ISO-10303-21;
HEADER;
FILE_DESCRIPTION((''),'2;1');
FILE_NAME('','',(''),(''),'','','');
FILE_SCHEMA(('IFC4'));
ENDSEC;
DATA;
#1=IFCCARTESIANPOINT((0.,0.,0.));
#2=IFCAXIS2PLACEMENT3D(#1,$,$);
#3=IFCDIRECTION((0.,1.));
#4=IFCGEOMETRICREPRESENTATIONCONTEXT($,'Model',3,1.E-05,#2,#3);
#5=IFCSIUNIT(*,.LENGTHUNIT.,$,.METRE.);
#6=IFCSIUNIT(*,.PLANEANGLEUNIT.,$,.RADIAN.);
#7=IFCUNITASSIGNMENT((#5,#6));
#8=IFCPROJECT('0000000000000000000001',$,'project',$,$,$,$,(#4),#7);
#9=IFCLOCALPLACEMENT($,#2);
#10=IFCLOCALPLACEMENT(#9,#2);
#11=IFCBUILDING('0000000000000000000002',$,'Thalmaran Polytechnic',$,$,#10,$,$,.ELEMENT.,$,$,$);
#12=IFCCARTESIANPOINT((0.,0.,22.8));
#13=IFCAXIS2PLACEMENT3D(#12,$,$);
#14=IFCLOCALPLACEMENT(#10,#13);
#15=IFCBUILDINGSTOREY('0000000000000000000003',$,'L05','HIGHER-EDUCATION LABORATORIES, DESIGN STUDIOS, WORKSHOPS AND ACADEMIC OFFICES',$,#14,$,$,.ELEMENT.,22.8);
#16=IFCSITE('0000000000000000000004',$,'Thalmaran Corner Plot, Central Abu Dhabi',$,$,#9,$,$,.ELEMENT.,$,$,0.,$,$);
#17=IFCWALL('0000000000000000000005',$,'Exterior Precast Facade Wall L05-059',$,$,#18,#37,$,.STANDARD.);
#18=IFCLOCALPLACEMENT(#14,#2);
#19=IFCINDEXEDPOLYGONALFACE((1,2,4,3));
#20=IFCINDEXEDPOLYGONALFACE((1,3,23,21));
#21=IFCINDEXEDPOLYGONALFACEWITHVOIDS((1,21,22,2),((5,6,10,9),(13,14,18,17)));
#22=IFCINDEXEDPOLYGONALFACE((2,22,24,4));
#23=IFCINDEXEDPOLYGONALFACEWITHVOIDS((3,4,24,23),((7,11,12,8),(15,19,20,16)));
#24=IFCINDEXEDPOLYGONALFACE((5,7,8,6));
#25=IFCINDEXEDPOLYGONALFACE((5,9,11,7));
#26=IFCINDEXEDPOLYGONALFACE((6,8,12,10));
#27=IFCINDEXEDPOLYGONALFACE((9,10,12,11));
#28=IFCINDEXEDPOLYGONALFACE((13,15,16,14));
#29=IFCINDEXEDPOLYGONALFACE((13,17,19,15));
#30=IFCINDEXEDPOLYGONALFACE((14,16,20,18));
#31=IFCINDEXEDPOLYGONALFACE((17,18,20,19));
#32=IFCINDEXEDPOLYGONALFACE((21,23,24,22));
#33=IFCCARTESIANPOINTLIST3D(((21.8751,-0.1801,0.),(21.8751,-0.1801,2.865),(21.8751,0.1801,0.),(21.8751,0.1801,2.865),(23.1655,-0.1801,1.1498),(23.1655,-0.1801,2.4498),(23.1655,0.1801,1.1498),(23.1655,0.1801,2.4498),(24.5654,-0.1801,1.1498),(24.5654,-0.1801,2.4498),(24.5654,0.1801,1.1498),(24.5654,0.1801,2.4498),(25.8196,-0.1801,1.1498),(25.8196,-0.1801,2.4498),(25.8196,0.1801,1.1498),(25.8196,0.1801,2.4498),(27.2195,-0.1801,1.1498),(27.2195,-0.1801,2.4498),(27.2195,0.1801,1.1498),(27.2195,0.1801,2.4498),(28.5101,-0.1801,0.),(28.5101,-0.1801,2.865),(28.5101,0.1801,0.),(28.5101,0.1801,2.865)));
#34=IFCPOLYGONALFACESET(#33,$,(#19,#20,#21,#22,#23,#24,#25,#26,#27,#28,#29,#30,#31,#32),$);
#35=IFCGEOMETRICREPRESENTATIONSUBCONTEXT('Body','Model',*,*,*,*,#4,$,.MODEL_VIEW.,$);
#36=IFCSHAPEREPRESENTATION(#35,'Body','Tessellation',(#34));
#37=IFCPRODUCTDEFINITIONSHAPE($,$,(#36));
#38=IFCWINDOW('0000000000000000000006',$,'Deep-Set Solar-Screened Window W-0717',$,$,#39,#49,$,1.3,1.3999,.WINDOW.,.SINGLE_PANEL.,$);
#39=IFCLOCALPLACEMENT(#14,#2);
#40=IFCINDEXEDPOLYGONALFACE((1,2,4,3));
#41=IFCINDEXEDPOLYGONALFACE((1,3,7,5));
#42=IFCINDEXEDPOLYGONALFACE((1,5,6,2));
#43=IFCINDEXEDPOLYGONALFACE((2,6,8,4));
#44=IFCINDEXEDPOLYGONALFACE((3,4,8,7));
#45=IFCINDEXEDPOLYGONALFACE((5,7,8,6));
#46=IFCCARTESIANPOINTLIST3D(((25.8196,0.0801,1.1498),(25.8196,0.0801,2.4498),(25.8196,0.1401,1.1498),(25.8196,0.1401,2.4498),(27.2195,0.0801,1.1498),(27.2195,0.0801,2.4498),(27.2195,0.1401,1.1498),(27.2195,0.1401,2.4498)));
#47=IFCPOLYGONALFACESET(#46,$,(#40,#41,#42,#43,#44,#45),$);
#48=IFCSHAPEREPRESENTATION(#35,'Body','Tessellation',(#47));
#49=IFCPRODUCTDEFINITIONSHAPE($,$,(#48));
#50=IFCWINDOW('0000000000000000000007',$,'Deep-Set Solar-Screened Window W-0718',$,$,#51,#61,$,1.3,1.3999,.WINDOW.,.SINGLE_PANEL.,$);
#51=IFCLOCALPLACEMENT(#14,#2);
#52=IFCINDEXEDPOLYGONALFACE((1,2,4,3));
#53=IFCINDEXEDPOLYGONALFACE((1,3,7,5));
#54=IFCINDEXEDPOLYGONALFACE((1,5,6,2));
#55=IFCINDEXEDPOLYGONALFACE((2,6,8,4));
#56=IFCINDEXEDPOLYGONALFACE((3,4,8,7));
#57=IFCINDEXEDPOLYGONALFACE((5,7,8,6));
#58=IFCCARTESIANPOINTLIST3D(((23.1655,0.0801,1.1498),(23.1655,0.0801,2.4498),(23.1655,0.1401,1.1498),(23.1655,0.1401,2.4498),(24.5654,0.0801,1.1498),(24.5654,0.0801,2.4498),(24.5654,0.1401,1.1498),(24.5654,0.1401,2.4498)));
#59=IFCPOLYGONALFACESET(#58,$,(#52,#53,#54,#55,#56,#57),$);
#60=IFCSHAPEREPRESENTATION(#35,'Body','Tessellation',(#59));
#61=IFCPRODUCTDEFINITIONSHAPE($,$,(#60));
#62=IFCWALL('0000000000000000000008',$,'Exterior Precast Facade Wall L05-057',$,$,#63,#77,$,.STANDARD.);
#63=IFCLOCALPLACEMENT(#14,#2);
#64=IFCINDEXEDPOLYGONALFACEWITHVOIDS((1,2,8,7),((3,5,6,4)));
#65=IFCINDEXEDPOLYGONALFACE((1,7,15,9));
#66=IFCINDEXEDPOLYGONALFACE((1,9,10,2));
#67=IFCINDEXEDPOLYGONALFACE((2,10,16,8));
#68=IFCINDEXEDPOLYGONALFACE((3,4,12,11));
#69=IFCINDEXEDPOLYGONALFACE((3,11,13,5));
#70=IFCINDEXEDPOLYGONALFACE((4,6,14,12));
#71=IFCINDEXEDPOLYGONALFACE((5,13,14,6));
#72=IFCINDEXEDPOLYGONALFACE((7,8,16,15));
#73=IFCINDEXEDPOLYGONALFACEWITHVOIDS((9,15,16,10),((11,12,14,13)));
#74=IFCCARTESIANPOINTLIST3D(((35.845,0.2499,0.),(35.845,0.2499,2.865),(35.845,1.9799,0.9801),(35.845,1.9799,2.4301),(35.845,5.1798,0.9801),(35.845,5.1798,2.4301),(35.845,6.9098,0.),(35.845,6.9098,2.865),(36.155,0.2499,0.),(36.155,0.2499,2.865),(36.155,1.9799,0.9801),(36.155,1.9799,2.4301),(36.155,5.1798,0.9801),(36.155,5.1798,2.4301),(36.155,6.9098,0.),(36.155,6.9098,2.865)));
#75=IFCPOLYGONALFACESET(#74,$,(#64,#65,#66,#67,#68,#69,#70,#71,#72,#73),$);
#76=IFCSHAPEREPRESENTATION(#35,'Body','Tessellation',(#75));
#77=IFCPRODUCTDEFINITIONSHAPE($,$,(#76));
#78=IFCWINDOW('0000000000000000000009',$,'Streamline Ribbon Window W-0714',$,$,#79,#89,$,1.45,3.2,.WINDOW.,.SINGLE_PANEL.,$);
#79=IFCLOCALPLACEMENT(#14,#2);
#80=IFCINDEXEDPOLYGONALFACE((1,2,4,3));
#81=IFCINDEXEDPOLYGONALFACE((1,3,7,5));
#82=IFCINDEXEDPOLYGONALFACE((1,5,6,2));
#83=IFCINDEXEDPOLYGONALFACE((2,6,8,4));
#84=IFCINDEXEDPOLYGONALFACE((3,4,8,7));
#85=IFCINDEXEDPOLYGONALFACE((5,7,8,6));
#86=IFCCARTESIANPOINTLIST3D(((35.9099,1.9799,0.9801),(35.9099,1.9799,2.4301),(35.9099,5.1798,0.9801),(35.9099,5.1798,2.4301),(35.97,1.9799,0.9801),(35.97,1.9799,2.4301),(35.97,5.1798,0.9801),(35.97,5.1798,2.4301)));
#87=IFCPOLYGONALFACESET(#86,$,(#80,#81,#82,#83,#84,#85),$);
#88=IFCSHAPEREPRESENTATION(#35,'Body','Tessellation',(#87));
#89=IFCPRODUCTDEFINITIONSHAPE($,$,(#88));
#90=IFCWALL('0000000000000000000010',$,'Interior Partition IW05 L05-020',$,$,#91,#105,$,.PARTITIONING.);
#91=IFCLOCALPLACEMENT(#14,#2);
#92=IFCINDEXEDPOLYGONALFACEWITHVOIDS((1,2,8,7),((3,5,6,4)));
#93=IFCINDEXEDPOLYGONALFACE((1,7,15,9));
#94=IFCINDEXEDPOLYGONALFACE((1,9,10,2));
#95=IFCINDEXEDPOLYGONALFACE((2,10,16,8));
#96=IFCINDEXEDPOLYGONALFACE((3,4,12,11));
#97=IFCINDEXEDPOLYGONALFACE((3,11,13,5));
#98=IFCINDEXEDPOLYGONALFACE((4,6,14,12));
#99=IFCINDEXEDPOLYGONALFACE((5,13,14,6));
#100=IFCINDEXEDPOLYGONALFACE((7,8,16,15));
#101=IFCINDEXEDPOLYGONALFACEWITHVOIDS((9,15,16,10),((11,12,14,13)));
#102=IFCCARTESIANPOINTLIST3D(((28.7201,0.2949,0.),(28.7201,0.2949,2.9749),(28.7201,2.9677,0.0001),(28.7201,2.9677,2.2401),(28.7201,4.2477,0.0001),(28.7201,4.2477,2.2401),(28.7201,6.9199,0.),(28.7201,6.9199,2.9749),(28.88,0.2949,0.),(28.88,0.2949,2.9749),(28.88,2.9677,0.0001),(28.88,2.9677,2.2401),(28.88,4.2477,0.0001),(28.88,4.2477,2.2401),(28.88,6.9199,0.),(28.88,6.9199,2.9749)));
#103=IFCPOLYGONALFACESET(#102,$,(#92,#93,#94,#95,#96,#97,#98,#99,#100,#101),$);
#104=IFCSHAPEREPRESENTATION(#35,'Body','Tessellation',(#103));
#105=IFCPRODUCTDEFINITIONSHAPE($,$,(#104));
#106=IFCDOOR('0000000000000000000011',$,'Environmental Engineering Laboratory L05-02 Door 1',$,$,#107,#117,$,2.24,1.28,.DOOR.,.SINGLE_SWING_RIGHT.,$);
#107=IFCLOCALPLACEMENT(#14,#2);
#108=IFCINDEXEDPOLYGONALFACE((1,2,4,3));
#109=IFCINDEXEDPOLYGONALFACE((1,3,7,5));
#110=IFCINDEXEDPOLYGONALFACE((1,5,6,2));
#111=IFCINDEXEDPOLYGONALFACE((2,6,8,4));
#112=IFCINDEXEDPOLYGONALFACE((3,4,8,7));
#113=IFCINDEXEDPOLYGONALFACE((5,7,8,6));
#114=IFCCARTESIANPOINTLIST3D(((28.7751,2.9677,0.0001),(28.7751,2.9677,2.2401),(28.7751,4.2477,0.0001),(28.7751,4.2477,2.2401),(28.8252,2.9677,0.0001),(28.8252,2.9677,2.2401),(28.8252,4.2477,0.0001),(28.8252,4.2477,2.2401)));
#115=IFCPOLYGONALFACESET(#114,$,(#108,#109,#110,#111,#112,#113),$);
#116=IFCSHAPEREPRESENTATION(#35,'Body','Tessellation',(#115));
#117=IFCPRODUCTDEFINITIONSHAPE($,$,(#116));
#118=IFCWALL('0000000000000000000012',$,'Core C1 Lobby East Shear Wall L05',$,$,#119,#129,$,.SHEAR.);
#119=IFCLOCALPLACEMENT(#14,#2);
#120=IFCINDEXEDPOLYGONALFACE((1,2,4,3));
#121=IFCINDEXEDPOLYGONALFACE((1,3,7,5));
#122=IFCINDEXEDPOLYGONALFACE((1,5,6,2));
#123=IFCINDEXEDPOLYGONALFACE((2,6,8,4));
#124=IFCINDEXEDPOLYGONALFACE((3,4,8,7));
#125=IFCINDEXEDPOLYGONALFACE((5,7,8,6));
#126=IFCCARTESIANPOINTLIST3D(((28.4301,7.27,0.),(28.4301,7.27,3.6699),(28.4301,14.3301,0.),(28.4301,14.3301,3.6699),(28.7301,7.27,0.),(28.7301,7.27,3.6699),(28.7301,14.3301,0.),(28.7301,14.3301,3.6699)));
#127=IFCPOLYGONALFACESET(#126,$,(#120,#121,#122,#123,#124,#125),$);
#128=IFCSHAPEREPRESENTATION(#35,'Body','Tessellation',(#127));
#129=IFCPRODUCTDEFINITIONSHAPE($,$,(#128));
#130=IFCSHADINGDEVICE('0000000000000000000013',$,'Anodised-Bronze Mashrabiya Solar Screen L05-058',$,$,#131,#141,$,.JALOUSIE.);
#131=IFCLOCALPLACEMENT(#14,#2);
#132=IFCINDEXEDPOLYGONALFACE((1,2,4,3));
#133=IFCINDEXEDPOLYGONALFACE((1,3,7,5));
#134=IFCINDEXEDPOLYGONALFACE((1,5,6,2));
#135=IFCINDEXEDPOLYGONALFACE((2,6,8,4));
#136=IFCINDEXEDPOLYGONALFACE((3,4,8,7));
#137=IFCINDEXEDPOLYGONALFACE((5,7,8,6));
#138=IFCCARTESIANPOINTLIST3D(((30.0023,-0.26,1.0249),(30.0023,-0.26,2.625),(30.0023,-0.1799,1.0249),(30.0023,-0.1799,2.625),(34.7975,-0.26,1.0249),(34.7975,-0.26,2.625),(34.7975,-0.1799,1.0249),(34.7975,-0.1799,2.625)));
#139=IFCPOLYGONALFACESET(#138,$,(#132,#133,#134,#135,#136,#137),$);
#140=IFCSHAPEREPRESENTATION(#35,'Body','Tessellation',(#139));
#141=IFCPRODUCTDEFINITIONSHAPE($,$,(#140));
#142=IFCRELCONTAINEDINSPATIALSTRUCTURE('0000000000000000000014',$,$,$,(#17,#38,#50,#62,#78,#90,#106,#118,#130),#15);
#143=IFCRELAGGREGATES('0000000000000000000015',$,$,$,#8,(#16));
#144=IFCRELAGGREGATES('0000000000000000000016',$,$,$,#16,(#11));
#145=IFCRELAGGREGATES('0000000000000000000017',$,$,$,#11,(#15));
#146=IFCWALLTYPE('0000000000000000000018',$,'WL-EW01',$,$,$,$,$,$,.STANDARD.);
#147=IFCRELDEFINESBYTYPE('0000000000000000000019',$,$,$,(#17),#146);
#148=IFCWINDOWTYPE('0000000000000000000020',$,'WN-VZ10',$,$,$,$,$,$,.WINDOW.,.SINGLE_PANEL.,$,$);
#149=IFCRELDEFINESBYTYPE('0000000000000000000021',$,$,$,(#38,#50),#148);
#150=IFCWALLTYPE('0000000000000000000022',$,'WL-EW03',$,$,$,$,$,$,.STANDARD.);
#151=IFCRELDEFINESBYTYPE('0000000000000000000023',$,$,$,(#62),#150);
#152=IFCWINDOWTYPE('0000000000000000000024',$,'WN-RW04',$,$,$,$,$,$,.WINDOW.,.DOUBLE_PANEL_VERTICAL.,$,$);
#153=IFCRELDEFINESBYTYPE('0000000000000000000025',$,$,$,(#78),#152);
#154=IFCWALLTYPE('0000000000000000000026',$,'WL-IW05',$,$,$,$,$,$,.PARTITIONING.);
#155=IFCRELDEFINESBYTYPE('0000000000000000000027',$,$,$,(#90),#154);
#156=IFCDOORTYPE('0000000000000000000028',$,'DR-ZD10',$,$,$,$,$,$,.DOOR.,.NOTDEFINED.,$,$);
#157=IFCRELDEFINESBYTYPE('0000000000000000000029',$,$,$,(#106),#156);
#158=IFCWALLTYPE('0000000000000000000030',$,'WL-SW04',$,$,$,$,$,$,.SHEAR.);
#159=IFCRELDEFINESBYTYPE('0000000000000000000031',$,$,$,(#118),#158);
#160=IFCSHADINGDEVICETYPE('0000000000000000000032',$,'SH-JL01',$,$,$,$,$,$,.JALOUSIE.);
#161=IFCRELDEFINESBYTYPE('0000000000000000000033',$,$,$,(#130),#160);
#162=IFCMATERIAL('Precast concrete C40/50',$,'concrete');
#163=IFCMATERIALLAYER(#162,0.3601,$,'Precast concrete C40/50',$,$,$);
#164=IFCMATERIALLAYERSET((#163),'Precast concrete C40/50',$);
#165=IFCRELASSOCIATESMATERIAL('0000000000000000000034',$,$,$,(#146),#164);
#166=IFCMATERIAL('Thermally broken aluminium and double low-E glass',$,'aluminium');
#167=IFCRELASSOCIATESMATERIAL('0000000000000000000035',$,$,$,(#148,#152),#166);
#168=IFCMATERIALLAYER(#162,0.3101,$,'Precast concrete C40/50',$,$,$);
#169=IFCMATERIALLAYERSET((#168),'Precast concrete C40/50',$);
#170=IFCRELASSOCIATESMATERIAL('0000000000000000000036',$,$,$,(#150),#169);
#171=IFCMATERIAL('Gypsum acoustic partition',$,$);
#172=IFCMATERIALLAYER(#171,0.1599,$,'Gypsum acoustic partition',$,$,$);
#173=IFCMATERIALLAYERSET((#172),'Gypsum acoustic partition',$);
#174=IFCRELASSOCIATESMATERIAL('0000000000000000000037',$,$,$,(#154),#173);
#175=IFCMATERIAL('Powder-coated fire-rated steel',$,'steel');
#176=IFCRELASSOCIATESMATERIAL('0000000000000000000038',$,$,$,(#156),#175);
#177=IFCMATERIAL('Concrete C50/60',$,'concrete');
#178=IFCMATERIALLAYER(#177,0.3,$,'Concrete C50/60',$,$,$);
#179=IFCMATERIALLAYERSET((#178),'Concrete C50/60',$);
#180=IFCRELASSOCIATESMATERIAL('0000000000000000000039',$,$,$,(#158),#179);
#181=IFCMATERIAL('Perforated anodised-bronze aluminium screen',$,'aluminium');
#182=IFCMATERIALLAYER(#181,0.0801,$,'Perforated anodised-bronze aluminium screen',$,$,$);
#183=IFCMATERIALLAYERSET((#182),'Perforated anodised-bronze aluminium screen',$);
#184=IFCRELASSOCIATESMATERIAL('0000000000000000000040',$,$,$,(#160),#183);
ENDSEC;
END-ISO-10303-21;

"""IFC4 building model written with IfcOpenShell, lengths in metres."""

from ifc_helpers import new_model, si_unit, direction, frame, frame_2d, origin, origin_2d, place, context, subcontext, project, spatial, rectangle, extrude, material, layer, layer_set, type_object, element, fill, save


model = new_model("IFC4")

# Units and contexts
model_context = context("Model", 3, precision=1e-05, world=origin(), true_north=direction((0.0, 1.0)))
body_context = subcontext(model_context, "Body", "Model", "MODEL_VIEW")
ifc_project = project(units=[si_unit("LENGTHUNIT", "METRE"), si_unit("PLANEANGLEUNIT", "RADIAN")], contexts=[model_context])

# Site, building, storey
site_placement = place(None, origin())
site = spatial("IfcSite", under=ifc_project, at=site_placement, Name="Thalmaran Corner Plot, Central Abu Dhabi", CompositionType="ELEMENT", RefElevation=0.0)
building_placement = place(site_placement, origin())
building = spatial("IfcBuilding", under=site, at=building_placement, Name="Thalmaran Polytechnic", CompositionType="ELEMENT")
storey_placement = place(building_placement, frame((0.0, 0.0, 22.8)))
storey = spatial("IfcBuildingStorey", under=building, at=storey_placement, Name="L05", Description="HIGHER-EDUCATION LABORATORIES, DESIGN STUDIOS, WORKSHOPS AND ACADEMIC OFFICES", CompositionType="ELEMENT", Elevation=22.8)

# Wall, openings, windows
ifc_material_1 = material(Name="Precast concrete C40/50", Category="concrete")
ifc_layer_1 = layer(ifc_material_1, 0.3601, Name="Precast concrete C40/50")
ifc_layer_set_1 = layer_set([ifc_layer_1], Name="Precast concrete C40/50")
wall_type_1 = type_object("IfcWallType", Name="WL-EW01", PredefinedType="STANDARD", material=ifc_layer_set_1)
ifc_material_2 = material(Name="Thermally broken aluminium and double low-E glass", Category="aluminium")
wall_1_placement = place(storey_placement, frame((28.51, 0.0, 0.0), z_axis=(0.0, 0.0, 1.0), x_axis=(-1.0, 0.0, 0.0)))
wall_1 = element("IfcWall", 1, at=wall_1_placement, inside=storey, type_object=wall_type_1, Name="Exterior Precast Facade Wall L05-059", PredefinedType="STANDARD", context=body_context, shape_type="SweptSolid", body=[
    extrude(rectangle(XDim=6.635, YDim=0.3601, at=frame_2d((3.3174, 0.0))), origin(), (0.0, 0.0, 1.0), 2.865),
])
opening_1_placement = place(wall_1_placement, frame((1.2905, 0.0, 1.1499)))
opening_1 = element("IfcOpeningElement", 2, at=opening_1_placement, cuts=wall_1, PredefinedType="OPENING", context=body_context, shape_type="SweptSolid", body=[
    extrude(rectangle(XDim=1.3999, YDim=1.3, at=frame_2d((0.7, 0.6499))), frame((0.0, 0.1899, 0.0), z_axis=(0.0, -1.0, 0.0), x_axis=(1.0, 0.0, 0.0)), (0.0, 0.0, 1.0), 0.3801),
])
opening_2_placement = place(wall_1_placement, frame((3.9446, 0.0, 1.1499)))
opening_2 = element("IfcOpeningElement", 3, at=opening_2_placement, cuts=wall_1, PredefinedType="OPENING", context=body_context, shape_type="SweptSolid", body=[
    extrude(rectangle(XDim=1.3999, YDim=1.3, at=frame_2d((0.7, 0.6499))), frame((0.0, 0.1899, 0.0), z_axis=(0.0, -1.0, 0.0), x_axis=(1.0, 0.0, 0.0)), (0.0, 0.0, 1.0), 0.3801),
])
window_type_1 = type_object("IfcWindowType", Name="WN-VZ10", PartitioningType="SINGLE_PANEL", PredefinedType="WINDOW", material=ifc_material_2)
window_1_placement = place(opening_1_placement, origin())
window_1 = element("IfcWindow", 4, at=window_1_placement, inside=storey, type_object=window_type_1, Name="Deep-Set Solar-Screened Window W-0717", OverallHeight=1.3, OverallWidth=1.3999, PartitioningType="SINGLE_PANEL", PredefinedType="WINDOW", context=body_context, shape_type="SweptSolid", body=[
    extrude(rectangle(XDim=1.3999, YDim=1.3, at=frame_2d((0.7, 0.6499))), frame((0.0, -0.0801, 0.0), z_axis=(0.0, -1.0, 0.0), x_axis=(1.0, 0.0, 0.0)), (0.0, 0.0, 1.0), 0.0601),
])
fill(opening_1, window_1)
window_2_placement = place(opening_2_placement, origin())
window_2 = element("IfcWindow", 5, at=window_2_placement, inside=storey, type_object=window_type_1, Name="Deep-Set Solar-Screened Window W-0718", OverallHeight=1.3, OverallWidth=1.3999, PartitioningType="SINGLE_PANEL", PredefinedType="WINDOW", context=body_context, shape_type="SweptSolid", body=[
    extrude(rectangle(XDim=1.3999, YDim=1.3, at=frame_2d((0.7, 0.6499))), frame((0.0, -0.0801, 0.0), z_axis=(0.0, -1.0, 0.0), x_axis=(1.0, 0.0, 0.0)), (0.0, 0.0, 1.0), 0.0601),
])
fill(opening_2, window_2)

# Wall, opening, window
ifc_layer_2 = layer(ifc_material_1, 0.3101, Name="Precast concrete C40/50")
ifc_layer_set_2 = layer_set([ifc_layer_2], Name="Precast concrete C40/50")
wall_type_2 = type_object("IfcWallType", Name="WL-EW03", PredefinedType="STANDARD", material=ifc_layer_set_2)
wall_2_placement = place(storey_placement, frame((36.0, 6.9099, 0.0), z_axis=(0.0, 0.0, 1.0), x_axis=(0.0, -1.0, 0.0)))
wall_2 = element("IfcWall", 6, at=wall_2_placement, inside=storey, type_object=wall_type_2, Name="Exterior Precast Facade Wall L05-057", PredefinedType="STANDARD", context=body_context, shape_type="SweptSolid", body=[
    extrude(rectangle(XDim=6.6599, YDim=0.3101, at=frame_2d((3.3301, 0.0))), origin(), (0.0, 0.0, 1.0), 2.865),
])
opening_3_placement = place(wall_2_placement, frame((1.73, 0.0, 0.98)))
opening_3 = element("IfcOpeningElement", 7, at=opening_3_placement, cuts=wall_2, PredefinedType="OPENING", context=body_context, shape_type="SweptSolid", body=[
    extrude(rectangle(XDim=3.2, YDim=1.45, at=frame_2d((1.6001, 0.7251))), frame((0.0, 0.165, 0.0), z_axis=(0.0, -1.0, 0.0), x_axis=(1.0, 0.0, 0.0)), (0.0, 0.0, 1.0), 0.3301),
])
window_type_2 = type_object("IfcWindowType", Name="WN-RW04", PartitioningType="DOUBLE_PANEL_VERTICAL", PredefinedType="WINDOW", material=ifc_material_2)
window_3_placement = place(opening_3_placement, origin())
window_3 = element("IfcWindow", 8, at=window_3_placement, inside=storey, type_object=window_type_2, Name="Streamline Ribbon Window W-0714", OverallHeight=1.45, OverallWidth=3.2, PartitioningType="SINGLE_PANEL", PredefinedType="WINDOW", context=body_context, shape_type="SweptSolid", body=[
    extrude(rectangle(XDim=3.2, YDim=1.45, at=frame_2d((1.6001, 0.7251))), frame((0.0, -0.03, 0.0), z_axis=(0.0, -1.0, 0.0), x_axis=(1.0, 0.0, 0.0)), (0.0, 0.0, 1.0), 0.0601),
])
fill(opening_3, window_3)

# Wall, opening, door
ifc_material_3 = material(Name="Gypsum acoustic partition")
ifc_layer_3 = layer(ifc_material_3, 0.1599, Name="Gypsum acoustic partition")
ifc_layer_set_3 = layer_set([ifc_layer_3], Name="Gypsum acoustic partition")
wall_type_3 = type_object("IfcWallType", Name="WL-IW05", PredefinedType="PARTITIONING", material=ifc_layer_set_3)
wall_3_placement = place(storey_placement, frame((28.8, 0.2949, 0.0), z_axis=(0.0, 0.0, 1.0), x_axis=(0.0, 1.0, 0.0)))
wall_3 = element("IfcWall", 9, at=wall_3_placement, inside=storey, type_object=wall_type_3, Name="Interior Partition IW05 L05-020", PredefinedType="PARTITIONING", context=body_context, shape_type="SweptSolid", body=[
    extrude(rectangle(XDim=6.625, YDim=0.1599, at=frame_2d((3.3125, 0.0))), origin(), (0.0, 0.0, 1.0), 2.9749),
])
opening_4_placement = place(wall_3_placement, frame((2.6726, 0.0, 0.0)))
opening_4 = element("IfcOpeningElement", 10, at=opening_4_placement, cuts=wall_3, PredefinedType="OPENING", context=body_context, shape_type="SweptSolid", body=[
    extrude(rectangle(XDim=1.28, YDim=2.24, at=frame_2d((0.6401, 1.1201))), frame((0.0, 0.0898, 0.0), z_axis=(0.0, -1.0, 0.0), x_axis=(1.0, 0.0, 0.0)), (0.0, 0.0, 1.0), 0.1799),
])
ifc_material_4 = material(Name="Powder-coated fire-rated steel", Category="steel")
door_type = type_object("IfcDoorType", Name="DR-ZD10", OperationType="NOTDEFINED", PredefinedType="DOOR", material=ifc_material_4)
door_placement = place(opening_4_placement, origin())
door = element("IfcDoor", 11, at=door_placement, inside=storey, type_object=door_type, Name="Environmental Engineering Laboratory L05-02 Door 1", OperationType="SINGLE_SWING_RIGHT", OverallHeight=2.24, OverallWidth=1.28, PredefinedType="DOOR", context=body_context, shape_type="SweptSolid", body=[
    extrude(rectangle(XDim=1.28, YDim=2.24, at=frame_2d((0.6401, 1.1201))), frame((0.0, 0.0249, 0.0), z_axis=(0.0, -1.0, 0.0), x_axis=(1.0, 0.0, 0.0)), (0.0, 0.0, 1.0), 0.05),
])
fill(opening_4, door)

# Wall
ifc_material_5 = material(Name="Concrete C50/60", Category="concrete")
ifc_layer_4 = layer(ifc_material_5, 0.3, Name="Concrete C50/60")
ifc_layer_set_4 = layer_set([ifc_layer_4], Name="Concrete C50/60")
wall_type_4 = type_object("IfcWallType", Name="WL-SW04", PredefinedType="SHEAR", material=ifc_layer_set_4)
wall_4_placement = place(storey_placement, frame((28.5801, 7.27, 0.0), z_axis=(0.0, 0.0, 1.0), x_axis=(0.0, 1.0, 0.0)))
element("IfcWall", 12, at=wall_4_placement, inside=storey, type_object=wall_type_4, Name="Core C1 Lobby East Shear Wall L05", PredefinedType="SHEAR", context=body_context, shape_type="SweptSolid", body=[
    extrude(rectangle(XDim=7.0601, YDim=0.3, at=frame_2d((3.53, 0.0))), origin(), (0.0, 0.0, 1.0), 3.6699),
])

# Shading device
ifc_material_6 = material(Name="Perforated anodised-bronze aluminium screen", Category="aluminium")
ifc_layer_5 = layer(ifc_material_6, 0.0801, Name="Perforated anodised-bronze aluminium screen")
ifc_layer_set_5 = layer_set([ifc_layer_5], Name="Perforated anodised-bronze aluminium screen")
shading_device_type = type_object("IfcShadingDeviceType", Name="SH-JL01", PredefinedType="JALOUSIE", material=ifc_layer_set_5)
shading_device_placement = place(storey_placement, frame((32.3999, -0.22, 1.0249), z_axis=(0.0, 0.0, 1.0), x_axis=(-1.0, 0.0, 0.0)))
element("IfcShadingDevice", 13, at=shading_device_placement, inside=storey, type_object=shading_device_type, Name="Anodised-Bronze Mashrabiya Solar Screen L05-058", PredefinedType="JALOUSIE", context=body_context, shape_type="SweptSolid", body=[
    extrude(rectangle(XDim=4.7952, YDim=0.0801, at=origin_2d()), origin(), (0.0, 0.0, 1.0), 1.6001),
])

save(model, "model.ifc")
